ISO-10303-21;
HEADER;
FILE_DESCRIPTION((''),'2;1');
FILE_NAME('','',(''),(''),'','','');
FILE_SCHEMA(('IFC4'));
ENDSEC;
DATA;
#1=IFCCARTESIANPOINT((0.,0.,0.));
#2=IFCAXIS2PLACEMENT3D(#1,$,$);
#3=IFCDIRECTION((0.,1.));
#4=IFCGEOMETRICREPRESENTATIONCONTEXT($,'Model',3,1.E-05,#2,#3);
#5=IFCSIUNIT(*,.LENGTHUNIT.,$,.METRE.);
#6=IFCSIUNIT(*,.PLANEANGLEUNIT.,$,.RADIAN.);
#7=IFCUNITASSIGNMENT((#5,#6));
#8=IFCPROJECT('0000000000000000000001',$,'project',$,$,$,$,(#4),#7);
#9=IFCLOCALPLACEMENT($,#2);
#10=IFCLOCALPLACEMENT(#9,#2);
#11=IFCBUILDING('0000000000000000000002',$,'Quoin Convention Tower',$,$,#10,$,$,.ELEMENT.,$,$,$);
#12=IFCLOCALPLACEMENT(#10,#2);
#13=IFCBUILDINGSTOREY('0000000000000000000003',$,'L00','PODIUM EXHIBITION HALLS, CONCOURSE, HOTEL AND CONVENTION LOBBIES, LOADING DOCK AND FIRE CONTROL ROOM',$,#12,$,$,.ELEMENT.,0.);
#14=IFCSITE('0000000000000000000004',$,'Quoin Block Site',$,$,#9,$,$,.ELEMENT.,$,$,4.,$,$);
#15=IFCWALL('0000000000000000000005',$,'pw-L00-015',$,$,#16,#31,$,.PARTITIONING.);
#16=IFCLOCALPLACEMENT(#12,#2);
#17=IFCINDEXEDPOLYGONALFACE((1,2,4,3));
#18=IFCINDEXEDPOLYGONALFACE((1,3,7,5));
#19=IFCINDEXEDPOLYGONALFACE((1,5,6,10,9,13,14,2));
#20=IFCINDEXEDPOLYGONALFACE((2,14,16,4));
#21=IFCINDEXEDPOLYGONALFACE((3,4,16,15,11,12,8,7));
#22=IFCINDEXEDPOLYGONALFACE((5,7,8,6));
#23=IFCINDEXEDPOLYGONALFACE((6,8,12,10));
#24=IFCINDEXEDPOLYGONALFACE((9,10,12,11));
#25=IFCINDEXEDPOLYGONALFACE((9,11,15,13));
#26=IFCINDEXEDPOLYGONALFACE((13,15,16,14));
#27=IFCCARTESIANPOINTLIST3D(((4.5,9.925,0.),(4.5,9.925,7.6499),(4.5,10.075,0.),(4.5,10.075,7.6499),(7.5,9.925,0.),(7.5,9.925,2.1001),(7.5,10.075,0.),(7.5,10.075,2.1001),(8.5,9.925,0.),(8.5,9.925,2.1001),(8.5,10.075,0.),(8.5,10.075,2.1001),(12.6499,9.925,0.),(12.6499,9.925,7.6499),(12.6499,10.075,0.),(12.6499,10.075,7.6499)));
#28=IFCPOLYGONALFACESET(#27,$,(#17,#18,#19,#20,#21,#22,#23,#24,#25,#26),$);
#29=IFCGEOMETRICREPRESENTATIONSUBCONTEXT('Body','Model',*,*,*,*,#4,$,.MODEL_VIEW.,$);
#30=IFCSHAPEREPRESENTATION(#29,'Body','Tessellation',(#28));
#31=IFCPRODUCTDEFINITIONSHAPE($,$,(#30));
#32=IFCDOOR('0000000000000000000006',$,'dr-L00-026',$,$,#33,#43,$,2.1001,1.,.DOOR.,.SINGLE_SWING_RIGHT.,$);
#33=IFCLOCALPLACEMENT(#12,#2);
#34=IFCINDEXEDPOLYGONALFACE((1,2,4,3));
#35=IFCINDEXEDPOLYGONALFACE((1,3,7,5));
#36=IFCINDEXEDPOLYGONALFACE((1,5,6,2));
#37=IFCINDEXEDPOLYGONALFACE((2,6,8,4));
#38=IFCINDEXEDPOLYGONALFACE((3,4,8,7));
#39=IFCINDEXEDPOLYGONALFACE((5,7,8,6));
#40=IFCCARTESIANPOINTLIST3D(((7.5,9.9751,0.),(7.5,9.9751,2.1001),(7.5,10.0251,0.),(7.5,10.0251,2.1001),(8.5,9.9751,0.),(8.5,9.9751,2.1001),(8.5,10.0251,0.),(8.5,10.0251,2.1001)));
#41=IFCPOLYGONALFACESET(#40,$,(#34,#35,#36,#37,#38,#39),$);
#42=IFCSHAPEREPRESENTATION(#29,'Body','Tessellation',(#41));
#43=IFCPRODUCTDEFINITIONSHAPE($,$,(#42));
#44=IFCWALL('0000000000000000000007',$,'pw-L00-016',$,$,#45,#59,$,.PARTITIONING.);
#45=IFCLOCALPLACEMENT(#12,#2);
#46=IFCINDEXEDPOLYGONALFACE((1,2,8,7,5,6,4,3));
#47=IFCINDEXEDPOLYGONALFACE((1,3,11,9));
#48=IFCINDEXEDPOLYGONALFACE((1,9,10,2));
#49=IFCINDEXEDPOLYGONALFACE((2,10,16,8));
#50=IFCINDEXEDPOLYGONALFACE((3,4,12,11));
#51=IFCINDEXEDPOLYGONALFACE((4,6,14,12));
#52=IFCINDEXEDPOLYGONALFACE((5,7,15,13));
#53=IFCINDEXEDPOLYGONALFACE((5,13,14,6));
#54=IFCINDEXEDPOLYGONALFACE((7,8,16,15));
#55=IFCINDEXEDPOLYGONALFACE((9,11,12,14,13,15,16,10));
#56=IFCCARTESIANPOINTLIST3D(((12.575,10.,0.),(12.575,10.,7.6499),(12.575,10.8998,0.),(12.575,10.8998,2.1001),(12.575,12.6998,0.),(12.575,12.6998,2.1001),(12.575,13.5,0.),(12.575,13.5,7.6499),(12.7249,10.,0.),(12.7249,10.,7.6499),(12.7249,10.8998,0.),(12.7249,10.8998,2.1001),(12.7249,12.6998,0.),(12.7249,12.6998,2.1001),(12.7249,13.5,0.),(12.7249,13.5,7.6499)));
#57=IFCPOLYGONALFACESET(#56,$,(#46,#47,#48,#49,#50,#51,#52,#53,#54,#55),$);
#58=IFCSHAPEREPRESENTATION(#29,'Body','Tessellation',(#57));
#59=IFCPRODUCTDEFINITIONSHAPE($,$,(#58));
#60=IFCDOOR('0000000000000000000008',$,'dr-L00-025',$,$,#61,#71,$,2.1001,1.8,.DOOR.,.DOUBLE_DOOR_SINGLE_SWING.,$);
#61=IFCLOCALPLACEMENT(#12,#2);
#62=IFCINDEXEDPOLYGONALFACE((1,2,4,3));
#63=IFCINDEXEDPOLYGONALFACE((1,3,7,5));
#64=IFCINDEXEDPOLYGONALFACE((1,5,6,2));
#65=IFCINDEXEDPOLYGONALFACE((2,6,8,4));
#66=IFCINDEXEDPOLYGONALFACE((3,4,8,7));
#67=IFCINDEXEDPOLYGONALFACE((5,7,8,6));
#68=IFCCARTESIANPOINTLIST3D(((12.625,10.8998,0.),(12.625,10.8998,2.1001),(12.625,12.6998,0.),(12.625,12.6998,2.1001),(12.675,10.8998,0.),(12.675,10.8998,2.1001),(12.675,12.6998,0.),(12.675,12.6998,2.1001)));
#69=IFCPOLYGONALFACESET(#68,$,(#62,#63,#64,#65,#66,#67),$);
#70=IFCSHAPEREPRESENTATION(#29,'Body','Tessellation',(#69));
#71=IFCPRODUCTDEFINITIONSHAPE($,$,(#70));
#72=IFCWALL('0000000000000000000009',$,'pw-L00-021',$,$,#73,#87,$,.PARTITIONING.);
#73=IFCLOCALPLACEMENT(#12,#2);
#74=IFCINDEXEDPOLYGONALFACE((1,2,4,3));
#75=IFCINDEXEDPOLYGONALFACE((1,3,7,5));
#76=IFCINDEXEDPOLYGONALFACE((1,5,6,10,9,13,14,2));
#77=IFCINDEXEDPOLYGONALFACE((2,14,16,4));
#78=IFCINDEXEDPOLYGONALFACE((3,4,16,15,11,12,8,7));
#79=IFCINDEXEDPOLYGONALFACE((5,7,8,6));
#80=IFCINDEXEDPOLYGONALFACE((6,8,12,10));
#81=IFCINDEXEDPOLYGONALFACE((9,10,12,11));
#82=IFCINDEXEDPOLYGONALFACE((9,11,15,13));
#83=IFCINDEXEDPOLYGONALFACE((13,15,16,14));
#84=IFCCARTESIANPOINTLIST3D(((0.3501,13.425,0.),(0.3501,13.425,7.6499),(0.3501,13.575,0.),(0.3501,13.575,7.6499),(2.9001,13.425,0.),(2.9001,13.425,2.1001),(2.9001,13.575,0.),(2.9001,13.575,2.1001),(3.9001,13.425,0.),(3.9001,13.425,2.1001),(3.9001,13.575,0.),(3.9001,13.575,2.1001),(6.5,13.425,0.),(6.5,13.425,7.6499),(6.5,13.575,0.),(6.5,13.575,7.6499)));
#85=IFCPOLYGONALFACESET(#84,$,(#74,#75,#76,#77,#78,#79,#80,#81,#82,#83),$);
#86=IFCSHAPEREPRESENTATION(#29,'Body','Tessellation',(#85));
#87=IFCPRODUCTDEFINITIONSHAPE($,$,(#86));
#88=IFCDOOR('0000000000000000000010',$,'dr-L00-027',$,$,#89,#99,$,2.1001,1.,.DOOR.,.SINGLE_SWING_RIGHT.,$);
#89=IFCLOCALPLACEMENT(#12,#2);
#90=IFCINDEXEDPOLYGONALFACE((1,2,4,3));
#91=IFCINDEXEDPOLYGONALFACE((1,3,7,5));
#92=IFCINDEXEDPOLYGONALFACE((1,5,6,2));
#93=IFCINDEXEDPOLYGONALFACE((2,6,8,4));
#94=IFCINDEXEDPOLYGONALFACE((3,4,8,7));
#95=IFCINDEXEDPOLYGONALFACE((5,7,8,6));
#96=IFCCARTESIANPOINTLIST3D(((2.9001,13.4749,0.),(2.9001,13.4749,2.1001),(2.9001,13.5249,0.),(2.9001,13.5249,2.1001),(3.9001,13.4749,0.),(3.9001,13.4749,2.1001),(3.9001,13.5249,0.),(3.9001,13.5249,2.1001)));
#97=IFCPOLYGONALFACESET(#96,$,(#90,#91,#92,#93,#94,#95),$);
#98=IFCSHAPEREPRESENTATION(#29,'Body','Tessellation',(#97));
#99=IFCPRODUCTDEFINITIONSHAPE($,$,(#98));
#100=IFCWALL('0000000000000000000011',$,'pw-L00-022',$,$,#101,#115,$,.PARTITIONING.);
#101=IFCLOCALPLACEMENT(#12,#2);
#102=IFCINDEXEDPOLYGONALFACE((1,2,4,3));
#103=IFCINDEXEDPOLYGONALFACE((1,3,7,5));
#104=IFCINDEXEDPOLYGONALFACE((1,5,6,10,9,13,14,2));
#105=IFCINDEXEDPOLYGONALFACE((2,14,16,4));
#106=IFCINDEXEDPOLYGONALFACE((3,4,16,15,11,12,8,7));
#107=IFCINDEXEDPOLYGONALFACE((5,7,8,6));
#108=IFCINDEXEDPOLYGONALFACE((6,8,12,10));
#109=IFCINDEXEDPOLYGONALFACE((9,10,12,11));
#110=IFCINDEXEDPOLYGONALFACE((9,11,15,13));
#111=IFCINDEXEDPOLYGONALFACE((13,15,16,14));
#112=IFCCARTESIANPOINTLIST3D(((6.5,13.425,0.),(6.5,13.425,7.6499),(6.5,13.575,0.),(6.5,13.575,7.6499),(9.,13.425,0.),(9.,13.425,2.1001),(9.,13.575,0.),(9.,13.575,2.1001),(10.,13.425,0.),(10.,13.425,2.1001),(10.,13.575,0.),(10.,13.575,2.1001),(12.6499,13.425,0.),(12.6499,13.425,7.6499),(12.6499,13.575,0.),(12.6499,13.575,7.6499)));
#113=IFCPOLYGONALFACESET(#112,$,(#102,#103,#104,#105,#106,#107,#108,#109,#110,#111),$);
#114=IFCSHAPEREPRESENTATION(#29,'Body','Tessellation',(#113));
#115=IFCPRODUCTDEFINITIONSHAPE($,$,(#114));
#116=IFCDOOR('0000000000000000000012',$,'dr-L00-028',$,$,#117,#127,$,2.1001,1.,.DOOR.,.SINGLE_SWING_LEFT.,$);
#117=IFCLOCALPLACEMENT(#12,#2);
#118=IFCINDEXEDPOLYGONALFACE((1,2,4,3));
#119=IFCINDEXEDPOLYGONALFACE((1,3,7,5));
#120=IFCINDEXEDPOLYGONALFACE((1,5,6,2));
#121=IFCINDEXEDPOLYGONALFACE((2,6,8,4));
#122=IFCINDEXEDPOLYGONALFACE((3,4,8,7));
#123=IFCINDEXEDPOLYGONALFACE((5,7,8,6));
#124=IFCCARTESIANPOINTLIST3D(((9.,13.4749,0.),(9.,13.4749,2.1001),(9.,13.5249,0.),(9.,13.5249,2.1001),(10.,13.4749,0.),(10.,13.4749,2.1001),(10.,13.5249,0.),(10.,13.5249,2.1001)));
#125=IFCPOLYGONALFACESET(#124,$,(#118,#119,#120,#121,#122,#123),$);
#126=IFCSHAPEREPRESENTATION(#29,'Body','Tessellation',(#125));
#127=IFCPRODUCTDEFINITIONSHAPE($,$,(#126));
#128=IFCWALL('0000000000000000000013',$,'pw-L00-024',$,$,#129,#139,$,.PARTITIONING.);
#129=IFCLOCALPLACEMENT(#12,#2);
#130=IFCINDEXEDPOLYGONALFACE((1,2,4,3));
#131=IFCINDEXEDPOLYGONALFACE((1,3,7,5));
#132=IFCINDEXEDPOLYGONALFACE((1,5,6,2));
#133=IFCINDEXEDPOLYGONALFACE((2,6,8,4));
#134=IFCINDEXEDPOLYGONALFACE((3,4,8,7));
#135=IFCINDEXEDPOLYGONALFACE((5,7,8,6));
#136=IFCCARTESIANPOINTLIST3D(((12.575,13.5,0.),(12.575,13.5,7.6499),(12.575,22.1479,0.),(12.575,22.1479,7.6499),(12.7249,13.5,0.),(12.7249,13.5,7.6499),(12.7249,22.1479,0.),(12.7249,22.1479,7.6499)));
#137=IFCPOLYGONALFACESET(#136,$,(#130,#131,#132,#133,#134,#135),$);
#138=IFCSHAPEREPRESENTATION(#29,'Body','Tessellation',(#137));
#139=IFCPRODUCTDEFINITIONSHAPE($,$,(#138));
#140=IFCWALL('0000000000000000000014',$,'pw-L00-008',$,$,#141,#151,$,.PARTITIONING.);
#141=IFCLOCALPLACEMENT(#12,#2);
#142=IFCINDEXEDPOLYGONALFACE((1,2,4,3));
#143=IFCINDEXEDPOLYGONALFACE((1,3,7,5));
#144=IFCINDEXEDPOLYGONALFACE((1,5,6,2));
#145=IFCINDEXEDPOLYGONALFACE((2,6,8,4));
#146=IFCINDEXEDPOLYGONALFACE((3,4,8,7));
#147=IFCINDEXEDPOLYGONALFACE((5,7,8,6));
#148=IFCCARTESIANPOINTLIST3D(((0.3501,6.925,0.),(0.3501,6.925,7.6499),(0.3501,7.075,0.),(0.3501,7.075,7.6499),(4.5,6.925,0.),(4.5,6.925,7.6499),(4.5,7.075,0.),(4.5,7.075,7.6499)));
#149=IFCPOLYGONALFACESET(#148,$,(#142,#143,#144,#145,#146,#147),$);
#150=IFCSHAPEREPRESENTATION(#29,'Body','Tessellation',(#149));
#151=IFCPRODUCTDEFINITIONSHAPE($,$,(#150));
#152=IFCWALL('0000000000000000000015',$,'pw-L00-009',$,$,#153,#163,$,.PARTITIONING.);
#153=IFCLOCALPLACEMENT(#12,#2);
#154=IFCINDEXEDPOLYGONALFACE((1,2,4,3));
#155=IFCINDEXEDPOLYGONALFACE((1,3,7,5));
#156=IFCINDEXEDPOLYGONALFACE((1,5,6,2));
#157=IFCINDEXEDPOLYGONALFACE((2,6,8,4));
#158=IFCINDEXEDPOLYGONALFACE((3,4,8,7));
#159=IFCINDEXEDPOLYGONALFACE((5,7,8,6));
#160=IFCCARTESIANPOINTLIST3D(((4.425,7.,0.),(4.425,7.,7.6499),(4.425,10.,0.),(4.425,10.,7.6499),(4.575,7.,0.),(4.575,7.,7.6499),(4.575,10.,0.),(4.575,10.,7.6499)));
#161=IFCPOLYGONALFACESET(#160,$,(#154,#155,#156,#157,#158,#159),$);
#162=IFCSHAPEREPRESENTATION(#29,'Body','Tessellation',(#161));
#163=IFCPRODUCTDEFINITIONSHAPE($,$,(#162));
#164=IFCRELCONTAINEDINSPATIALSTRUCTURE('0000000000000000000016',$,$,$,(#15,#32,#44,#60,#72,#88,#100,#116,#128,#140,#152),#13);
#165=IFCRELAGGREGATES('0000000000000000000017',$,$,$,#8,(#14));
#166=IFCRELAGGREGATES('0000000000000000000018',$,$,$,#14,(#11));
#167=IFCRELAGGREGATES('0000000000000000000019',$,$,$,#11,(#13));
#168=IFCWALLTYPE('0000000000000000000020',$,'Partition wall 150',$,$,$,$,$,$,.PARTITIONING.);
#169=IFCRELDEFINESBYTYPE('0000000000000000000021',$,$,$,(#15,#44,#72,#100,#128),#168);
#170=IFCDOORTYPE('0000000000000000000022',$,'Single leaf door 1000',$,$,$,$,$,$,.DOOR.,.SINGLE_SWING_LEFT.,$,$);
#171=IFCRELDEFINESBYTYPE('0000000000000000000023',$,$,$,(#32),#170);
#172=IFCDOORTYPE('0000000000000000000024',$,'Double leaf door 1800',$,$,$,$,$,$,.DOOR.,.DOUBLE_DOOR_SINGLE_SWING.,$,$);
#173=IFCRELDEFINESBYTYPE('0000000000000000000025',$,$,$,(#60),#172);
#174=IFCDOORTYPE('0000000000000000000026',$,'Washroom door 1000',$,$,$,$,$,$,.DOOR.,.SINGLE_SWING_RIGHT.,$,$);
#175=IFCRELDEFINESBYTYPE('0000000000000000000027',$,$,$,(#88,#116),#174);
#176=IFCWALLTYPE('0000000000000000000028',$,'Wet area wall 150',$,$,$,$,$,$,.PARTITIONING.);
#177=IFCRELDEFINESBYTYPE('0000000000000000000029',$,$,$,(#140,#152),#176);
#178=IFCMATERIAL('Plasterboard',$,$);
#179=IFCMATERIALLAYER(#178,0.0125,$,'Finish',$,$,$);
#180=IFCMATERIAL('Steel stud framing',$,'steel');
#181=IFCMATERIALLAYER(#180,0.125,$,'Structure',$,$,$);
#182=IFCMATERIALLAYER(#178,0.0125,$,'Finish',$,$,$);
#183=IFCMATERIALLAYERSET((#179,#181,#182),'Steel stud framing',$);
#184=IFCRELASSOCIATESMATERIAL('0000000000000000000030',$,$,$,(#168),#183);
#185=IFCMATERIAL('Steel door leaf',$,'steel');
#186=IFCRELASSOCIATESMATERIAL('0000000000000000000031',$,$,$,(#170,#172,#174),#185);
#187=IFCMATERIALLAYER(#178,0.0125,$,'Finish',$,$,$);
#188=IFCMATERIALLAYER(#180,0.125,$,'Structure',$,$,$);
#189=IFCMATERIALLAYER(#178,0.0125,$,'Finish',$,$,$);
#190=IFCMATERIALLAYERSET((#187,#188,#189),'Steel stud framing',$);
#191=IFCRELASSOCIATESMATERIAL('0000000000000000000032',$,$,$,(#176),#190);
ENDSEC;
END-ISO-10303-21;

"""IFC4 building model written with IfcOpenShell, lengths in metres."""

from ifc_helpers import new_model, si_unit, direction, frame, frame_2d, origin, place, context, subcontext, project, spatial, rectangle, extrude, material, layer, layer_set, type_object, element, fill, save


model = new_model("IFC4")

# Units and contexts
model_context = context("Model", 3, precision=1e-05, world=origin(), true_north=direction((0.0, 1.0)))
body_context = subcontext(model_context, "Body", "Model", "MODEL_VIEW")
ifc_project = project(units=[si_unit("LENGTHUNIT", "METRE"), si_unit("PLANEANGLEUNIT", "RADIAN")], contexts=[model_context])

# Site, building, storey
site_placement = place(None, origin())
site = spatial("IfcSite", under=ifc_project, at=site_placement, Name="Quoin Block Site", CompositionType="ELEMENT", RefElevation=4.0)
building_placement = place(site_placement, origin())
building = spatial("IfcBuilding", under=site, at=building_placement, Name="Quoin Convention Tower", CompositionType="ELEMENT")
storey_placement = place(building_placement, origin())
storey = spatial("IfcBuildingStorey", under=building, at=storey_placement, Name="L00", Description="PODIUM EXHIBITION HALLS, CONCOURSE, HOTEL AND CONVENTION LOBBIES, LOADING DOCK AND FIRE CONTROL ROOM", CompositionType="ELEMENT", Elevation=0.0)

# Walls, openings, doors
ifc_material_1 = material(Name="Plasterboard")
ifc_layer_1 = layer(ifc_material_1, 0.0125, Name="Finish")
ifc_material_2 = material(Name="Steel stud framing", Category="steel")
ifc_layer_2 = layer(ifc_material_2, 0.125, Name="Structure")
ifc_layer_3 = layer(ifc_material_1, 0.0125, Name="Finish")
ifc_layer_set_1 = layer_set([ifc_layer_1, ifc_layer_2, ifc_layer_3], Name="Steel stud framing")
wall_type_1 = type_object("IfcWallType", Name="Partition wall 150", PredefinedType="PARTITIONING", material=ifc_layer_set_1)
wall_1_placement = place(storey_placement, frame((4.5, 10.0, 0.0), z_axis=(0.0, 0.0, 1.0), x_axis=(1.0, 0.0, 0.0)))
wall_1 = element("IfcWall", 1, at=wall_1_placement, inside=storey, type_object=wall_type_1, Name="pw-L00-015", PredefinedType="PARTITIONING", context=body_context, shape_type="SweptSolid", body=[
    extrude(rectangle(XDim=8.1499, YDim=0.1499, at=frame_2d((4.075, 0.0))), origin(), (0.0, 0.0, 1.0), 7.6499),
])
opening_1_placement = place(wall_1_placement, frame((3.0, 0.0, 0.0)))
opening_1 = element("IfcOpeningElement", 2, at=opening_1_placement, cuts=wall_1, PredefinedType="OPENING", context=body_context, shape_type="SweptSolid", body=[
    extrude(rectangle(XDim=1.0, YDim=2.1001, at=frame_2d((0.5, 1.05))), frame((0.0, 0.085, 0.0), z_axis=(0.0, -1.0, 0.0), x_axis=(1.0, 0.0, 0.0)), (0.0, 0.0, 1.0), 0.1699),
])
ifc_material_3 = material(Name="Steel door leaf", Category="steel")
door_type_1 = type_object("IfcDoorType", Name="Single leaf door 1000", OperationType="SINGLE_SWING_LEFT", PredefinedType="DOOR", material=ifc_material_3)
door_1_placement = place(opening_1_placement, frame((1.0, 0.0, 0.0), z_axis=(0.0, 0.0, 1.0), x_axis=(-1.0, 0.0, 0.0)))
door_1 = element("IfcDoor", 3, at=door_1_placement, inside=storey, type_object=door_type_1, Name="dr-L00-026", OperationType="SINGLE_SWING_RIGHT", OverallHeight=2.1001, OverallWidth=1.0, PredefinedType="DOOR", context=body_context, shape_type="SweptSolid", body=[
    extrude(rectangle(XDim=1.0, YDim=2.1001, at=frame_2d((0.5, 1.05))), frame((0.0, 0.0249, 0.0), z_axis=(0.0, -1.0, 0.0), x_axis=(1.0, 0.0, 0.0)), (0.0, 0.0, 1.0), 0.05),
])
fill(opening_1, door_1)
wall_2_placement = place(storey_placement, frame((12.6499, 10.0, 0.0), z_axis=(0.0, 0.0, 1.0), x_axis=(0.0, 1.0, 0.0)))
wall_2 = element("IfcWall", 4, at=wall_2_placement, inside=storey, type_object=wall_type_1, Name="pw-L00-016", PredefinedType="PARTITIONING", context=body_context, shape_type="SweptSolid", body=[
    extrude(rectangle(XDim=3.5, YDim=0.1499, at=frame_2d((1.75, 0.0))), origin(), (0.0, 0.0, 1.0), 7.6499),
])
opening_2_placement = place(wall_2_placement, frame((0.8999, 0.0, 0.0)))
opening_2 = element("IfcOpeningElement", 5, at=opening_2_placement, cuts=wall_2, PredefinedType="OPENING", context=body_context, shape_type="SweptSolid", body=[
    extrude(rectangle(XDim=1.8, YDim=2.1001, at=frame_2d((0.8999, 1.05))), frame((0.0, 0.085, 0.0), z_axis=(0.0, -1.0, 0.0), x_axis=(1.0, 0.0, 0.0)), (0.0, 0.0, 1.0), 0.1699),
])
door_type_2 = type_object("IfcDoorType", Name="Double leaf door 1800", OperationType="DOUBLE_DOOR_SINGLE_SWING", PredefinedType="DOOR", material=ifc_material_3)
door_2_placement = place(opening_2_placement, origin())
door_2 = element("IfcDoor", 6, at=door_2_placement, inside=storey, type_object=door_type_2, Name="dr-L00-025", OperationType="DOUBLE_DOOR_SINGLE_SWING", OverallHeight=2.1001, OverallWidth=1.8, PredefinedType="DOOR", context=body_context, shape_type="SweptSolid", body=[
    extrude(rectangle(XDim=1.8, YDim=2.1001, at=frame_2d((0.8999, 1.05))), frame((0.0, 0.0249, 0.0), z_axis=(0.0, -1.0, 0.0), x_axis=(1.0, 0.0, 0.0)), (0.0, 0.0, 1.0), 0.05),
])
fill(opening_2, door_2)
wall_3_placement = place(storey_placement, frame((0.3501, 13.5, 0.0), z_axis=(0.0, 0.0, 1.0), x_axis=(1.0, 0.0, 0.0)))
wall_3 = element("IfcWall", 7, at=wall_3_placement, inside=storey, type_object=wall_type_1, Name="pw-L00-021", PredefinedType="PARTITIONING", context=body_context, shape_type="SweptSolid", body=[
    extrude(rectangle(XDim=6.1499, YDim=0.1499, at=frame_2d((3.075, 0.0))), origin(), (0.0, 0.0, 1.0), 7.6499),
])
opening_3_placement = place(wall_3_placement, frame((2.55, 0.0, 0.0)))
opening_3 = element("IfcOpeningElement", 8, at=opening_3_placement, cuts=wall_3, PredefinedType="OPENING", context=body_context, shape_type="SweptSolid", body=[
    extrude(rectangle(XDim=1.0, YDim=2.1001, at=frame_2d((0.5, 1.05))), frame((0.0, 0.085, 0.0), z_axis=(0.0, -1.0, 0.0), x_axis=(1.0, 0.0, 0.0)), (0.0, 0.0, 1.0), 0.1699),
])
door_type_3 = type_object("IfcDoorType", Name="Washroom door 1000", OperationType="SINGLE_SWING_RIGHT", PredefinedType="DOOR", material=ifc_material_3)
door_3_placement = place(opening_3_placement, origin())
door_3 = element("IfcDoor", 9, at=door_3_placement, inside=storey, type_object=door_type_3, Name="dr-L00-027", OperationType="SINGLE_SWING_RIGHT", OverallHeight=2.1001, OverallWidth=1.0, PredefinedType="DOOR", context=body_context, shape_type="SweptSolid", body=[
    extrude(rectangle(XDim=1.0, YDim=2.1001, at=frame_2d((0.5, 1.05))), frame((0.0, 0.0249, 0.0), z_axis=(0.0, -1.0, 0.0), x_axis=(1.0, 0.0, 0.0)), (0.0, 0.0, 1.0), 0.05),
])
fill(opening_3, door_3)
wall_4_placement = place(storey_placement, frame((6.5, 13.5, 0.0), z_axis=(0.0, 0.0, 1.0), x_axis=(1.0, 0.0, 0.0)))
wall_4 = element("IfcWall", 10, at=wall_4_placement, inside=storey, type_object=wall_type_1, Name="pw-L00-022", PredefinedType="PARTITIONING", context=body_context, shape_type="SweptSolid", body=[
    extrude(rectangle(XDim=6.1499, YDim=0.1499, at=frame_2d((3.075, 0.0))), origin(), (0.0, 0.0, 1.0), 7.6499),
])
opening_4_placement = place(wall_4_placement, frame((2.5, 0.0, 0.0)))
opening_4 = element("IfcOpeningElement", 11, at=opening_4_placement, cuts=wall_4, PredefinedType="OPENING", context=body_context, shape_type="SweptSolid", body=[
    extrude(rectangle(XDim=1.0, YDim=2.1001, at=frame_2d((0.5, 1.05))), frame((0.0, 0.085, 0.0), z_axis=(0.0, -1.0, 0.0), x_axis=(1.0, 0.0, 0.0)), (0.0, 0.0, 1.0), 0.1699),
])
door_4_placement = place(opening_4_placement, origin())
door_4 = element("IfcDoor", 12, at=door_4_placement, inside=storey, type_object=door_type_3, Name="dr-L00-028", OperationType="SINGLE_SWING_LEFT", OverallHeight=2.1001, OverallWidth=1.0, PredefinedType="DOOR", context=body_context, shape_type="SweptSolid", body=[
    extrude(rectangle(XDim=1.0, YDim=2.1001, at=frame_2d((0.5, 1.05))), frame((0.0, 0.0249, 0.0), z_axis=(0.0, -1.0, 0.0), x_axis=(1.0, 0.0, 0.0)), (0.0, 0.0, 1.0), 0.05),
])
fill(opening_4, door_4)

# Walls
wall_5_placement = place(storey_placement, frame((12.6499, 13.5, 0.0), z_axis=(0.0, 0.0, 1.0), x_axis=(0.0, 1.0, 0.0)))
element("IfcWall", 13, at=wall_5_placement, inside=storey, type_object=wall_type_1, Name="pw-L00-024", PredefinedType="PARTITIONING", context=body_context, shape_type="SweptSolid", body=[
    extrude(rectangle(XDim=8.6479, YDim=0.1499, at=frame_2d((4.324, 0.0))), origin(), (0.0, 0.0, 1.0), 7.6499),
])
ifc_layer_4 = layer(ifc_material_1, 0.0125, Name="Finish")
ifc_layer_5 = layer(ifc_material_2, 0.125, Name="Structure")
ifc_layer_6 = layer(ifc_material_1, 0.0125, Name="Finish")
ifc_layer_set_2 = layer_set([ifc_layer_4, ifc_layer_5, ifc_layer_6], Name="Steel stud framing")
wall_type_2 = type_object("IfcWallType", Name="Wet area wall 150", PredefinedType="PARTITIONING", material=ifc_layer_set_2)
wall_6_placement = place(storey_placement, frame((0.3501, 7.0, 0.0), z_axis=(0.0, 0.0, 1.0), x_axis=(1.0, 0.0, 0.0)))
element("IfcWall", 14, at=wall_6_placement, inside=storey, type_object=wall_type_2, Name="pw-L00-008", PredefinedType="PARTITIONING", context=body_context, shape_type="SweptSolid", body=[
    extrude(rectangle(XDim=4.1499, YDim=0.1499, at=frame_2d((2.075, 0.0))), origin(), (0.0, 0.0, 1.0), 7.6499),
])
wall_7_placement = place(storey_placement, frame((4.5, 7.0, 0.0), z_axis=(0.0, 0.0, 1.0), x_axis=(0.0, 1.0, 0.0)))
element("IfcWall", 15, at=wall_7_placement, inside=storey, type_object=wall_type_2, Name="pw-L00-009", PredefinedType="PARTITIONING", context=body_context, shape_type="SweptSolid", body=[
    extrude(rectangle(XDim=3.0, YDim=0.1499, at=frame_2d((1.5, 0.0))), origin(), (0.0, 0.0, 1.0), 7.6499),
])

save(model, "model.ifc")
